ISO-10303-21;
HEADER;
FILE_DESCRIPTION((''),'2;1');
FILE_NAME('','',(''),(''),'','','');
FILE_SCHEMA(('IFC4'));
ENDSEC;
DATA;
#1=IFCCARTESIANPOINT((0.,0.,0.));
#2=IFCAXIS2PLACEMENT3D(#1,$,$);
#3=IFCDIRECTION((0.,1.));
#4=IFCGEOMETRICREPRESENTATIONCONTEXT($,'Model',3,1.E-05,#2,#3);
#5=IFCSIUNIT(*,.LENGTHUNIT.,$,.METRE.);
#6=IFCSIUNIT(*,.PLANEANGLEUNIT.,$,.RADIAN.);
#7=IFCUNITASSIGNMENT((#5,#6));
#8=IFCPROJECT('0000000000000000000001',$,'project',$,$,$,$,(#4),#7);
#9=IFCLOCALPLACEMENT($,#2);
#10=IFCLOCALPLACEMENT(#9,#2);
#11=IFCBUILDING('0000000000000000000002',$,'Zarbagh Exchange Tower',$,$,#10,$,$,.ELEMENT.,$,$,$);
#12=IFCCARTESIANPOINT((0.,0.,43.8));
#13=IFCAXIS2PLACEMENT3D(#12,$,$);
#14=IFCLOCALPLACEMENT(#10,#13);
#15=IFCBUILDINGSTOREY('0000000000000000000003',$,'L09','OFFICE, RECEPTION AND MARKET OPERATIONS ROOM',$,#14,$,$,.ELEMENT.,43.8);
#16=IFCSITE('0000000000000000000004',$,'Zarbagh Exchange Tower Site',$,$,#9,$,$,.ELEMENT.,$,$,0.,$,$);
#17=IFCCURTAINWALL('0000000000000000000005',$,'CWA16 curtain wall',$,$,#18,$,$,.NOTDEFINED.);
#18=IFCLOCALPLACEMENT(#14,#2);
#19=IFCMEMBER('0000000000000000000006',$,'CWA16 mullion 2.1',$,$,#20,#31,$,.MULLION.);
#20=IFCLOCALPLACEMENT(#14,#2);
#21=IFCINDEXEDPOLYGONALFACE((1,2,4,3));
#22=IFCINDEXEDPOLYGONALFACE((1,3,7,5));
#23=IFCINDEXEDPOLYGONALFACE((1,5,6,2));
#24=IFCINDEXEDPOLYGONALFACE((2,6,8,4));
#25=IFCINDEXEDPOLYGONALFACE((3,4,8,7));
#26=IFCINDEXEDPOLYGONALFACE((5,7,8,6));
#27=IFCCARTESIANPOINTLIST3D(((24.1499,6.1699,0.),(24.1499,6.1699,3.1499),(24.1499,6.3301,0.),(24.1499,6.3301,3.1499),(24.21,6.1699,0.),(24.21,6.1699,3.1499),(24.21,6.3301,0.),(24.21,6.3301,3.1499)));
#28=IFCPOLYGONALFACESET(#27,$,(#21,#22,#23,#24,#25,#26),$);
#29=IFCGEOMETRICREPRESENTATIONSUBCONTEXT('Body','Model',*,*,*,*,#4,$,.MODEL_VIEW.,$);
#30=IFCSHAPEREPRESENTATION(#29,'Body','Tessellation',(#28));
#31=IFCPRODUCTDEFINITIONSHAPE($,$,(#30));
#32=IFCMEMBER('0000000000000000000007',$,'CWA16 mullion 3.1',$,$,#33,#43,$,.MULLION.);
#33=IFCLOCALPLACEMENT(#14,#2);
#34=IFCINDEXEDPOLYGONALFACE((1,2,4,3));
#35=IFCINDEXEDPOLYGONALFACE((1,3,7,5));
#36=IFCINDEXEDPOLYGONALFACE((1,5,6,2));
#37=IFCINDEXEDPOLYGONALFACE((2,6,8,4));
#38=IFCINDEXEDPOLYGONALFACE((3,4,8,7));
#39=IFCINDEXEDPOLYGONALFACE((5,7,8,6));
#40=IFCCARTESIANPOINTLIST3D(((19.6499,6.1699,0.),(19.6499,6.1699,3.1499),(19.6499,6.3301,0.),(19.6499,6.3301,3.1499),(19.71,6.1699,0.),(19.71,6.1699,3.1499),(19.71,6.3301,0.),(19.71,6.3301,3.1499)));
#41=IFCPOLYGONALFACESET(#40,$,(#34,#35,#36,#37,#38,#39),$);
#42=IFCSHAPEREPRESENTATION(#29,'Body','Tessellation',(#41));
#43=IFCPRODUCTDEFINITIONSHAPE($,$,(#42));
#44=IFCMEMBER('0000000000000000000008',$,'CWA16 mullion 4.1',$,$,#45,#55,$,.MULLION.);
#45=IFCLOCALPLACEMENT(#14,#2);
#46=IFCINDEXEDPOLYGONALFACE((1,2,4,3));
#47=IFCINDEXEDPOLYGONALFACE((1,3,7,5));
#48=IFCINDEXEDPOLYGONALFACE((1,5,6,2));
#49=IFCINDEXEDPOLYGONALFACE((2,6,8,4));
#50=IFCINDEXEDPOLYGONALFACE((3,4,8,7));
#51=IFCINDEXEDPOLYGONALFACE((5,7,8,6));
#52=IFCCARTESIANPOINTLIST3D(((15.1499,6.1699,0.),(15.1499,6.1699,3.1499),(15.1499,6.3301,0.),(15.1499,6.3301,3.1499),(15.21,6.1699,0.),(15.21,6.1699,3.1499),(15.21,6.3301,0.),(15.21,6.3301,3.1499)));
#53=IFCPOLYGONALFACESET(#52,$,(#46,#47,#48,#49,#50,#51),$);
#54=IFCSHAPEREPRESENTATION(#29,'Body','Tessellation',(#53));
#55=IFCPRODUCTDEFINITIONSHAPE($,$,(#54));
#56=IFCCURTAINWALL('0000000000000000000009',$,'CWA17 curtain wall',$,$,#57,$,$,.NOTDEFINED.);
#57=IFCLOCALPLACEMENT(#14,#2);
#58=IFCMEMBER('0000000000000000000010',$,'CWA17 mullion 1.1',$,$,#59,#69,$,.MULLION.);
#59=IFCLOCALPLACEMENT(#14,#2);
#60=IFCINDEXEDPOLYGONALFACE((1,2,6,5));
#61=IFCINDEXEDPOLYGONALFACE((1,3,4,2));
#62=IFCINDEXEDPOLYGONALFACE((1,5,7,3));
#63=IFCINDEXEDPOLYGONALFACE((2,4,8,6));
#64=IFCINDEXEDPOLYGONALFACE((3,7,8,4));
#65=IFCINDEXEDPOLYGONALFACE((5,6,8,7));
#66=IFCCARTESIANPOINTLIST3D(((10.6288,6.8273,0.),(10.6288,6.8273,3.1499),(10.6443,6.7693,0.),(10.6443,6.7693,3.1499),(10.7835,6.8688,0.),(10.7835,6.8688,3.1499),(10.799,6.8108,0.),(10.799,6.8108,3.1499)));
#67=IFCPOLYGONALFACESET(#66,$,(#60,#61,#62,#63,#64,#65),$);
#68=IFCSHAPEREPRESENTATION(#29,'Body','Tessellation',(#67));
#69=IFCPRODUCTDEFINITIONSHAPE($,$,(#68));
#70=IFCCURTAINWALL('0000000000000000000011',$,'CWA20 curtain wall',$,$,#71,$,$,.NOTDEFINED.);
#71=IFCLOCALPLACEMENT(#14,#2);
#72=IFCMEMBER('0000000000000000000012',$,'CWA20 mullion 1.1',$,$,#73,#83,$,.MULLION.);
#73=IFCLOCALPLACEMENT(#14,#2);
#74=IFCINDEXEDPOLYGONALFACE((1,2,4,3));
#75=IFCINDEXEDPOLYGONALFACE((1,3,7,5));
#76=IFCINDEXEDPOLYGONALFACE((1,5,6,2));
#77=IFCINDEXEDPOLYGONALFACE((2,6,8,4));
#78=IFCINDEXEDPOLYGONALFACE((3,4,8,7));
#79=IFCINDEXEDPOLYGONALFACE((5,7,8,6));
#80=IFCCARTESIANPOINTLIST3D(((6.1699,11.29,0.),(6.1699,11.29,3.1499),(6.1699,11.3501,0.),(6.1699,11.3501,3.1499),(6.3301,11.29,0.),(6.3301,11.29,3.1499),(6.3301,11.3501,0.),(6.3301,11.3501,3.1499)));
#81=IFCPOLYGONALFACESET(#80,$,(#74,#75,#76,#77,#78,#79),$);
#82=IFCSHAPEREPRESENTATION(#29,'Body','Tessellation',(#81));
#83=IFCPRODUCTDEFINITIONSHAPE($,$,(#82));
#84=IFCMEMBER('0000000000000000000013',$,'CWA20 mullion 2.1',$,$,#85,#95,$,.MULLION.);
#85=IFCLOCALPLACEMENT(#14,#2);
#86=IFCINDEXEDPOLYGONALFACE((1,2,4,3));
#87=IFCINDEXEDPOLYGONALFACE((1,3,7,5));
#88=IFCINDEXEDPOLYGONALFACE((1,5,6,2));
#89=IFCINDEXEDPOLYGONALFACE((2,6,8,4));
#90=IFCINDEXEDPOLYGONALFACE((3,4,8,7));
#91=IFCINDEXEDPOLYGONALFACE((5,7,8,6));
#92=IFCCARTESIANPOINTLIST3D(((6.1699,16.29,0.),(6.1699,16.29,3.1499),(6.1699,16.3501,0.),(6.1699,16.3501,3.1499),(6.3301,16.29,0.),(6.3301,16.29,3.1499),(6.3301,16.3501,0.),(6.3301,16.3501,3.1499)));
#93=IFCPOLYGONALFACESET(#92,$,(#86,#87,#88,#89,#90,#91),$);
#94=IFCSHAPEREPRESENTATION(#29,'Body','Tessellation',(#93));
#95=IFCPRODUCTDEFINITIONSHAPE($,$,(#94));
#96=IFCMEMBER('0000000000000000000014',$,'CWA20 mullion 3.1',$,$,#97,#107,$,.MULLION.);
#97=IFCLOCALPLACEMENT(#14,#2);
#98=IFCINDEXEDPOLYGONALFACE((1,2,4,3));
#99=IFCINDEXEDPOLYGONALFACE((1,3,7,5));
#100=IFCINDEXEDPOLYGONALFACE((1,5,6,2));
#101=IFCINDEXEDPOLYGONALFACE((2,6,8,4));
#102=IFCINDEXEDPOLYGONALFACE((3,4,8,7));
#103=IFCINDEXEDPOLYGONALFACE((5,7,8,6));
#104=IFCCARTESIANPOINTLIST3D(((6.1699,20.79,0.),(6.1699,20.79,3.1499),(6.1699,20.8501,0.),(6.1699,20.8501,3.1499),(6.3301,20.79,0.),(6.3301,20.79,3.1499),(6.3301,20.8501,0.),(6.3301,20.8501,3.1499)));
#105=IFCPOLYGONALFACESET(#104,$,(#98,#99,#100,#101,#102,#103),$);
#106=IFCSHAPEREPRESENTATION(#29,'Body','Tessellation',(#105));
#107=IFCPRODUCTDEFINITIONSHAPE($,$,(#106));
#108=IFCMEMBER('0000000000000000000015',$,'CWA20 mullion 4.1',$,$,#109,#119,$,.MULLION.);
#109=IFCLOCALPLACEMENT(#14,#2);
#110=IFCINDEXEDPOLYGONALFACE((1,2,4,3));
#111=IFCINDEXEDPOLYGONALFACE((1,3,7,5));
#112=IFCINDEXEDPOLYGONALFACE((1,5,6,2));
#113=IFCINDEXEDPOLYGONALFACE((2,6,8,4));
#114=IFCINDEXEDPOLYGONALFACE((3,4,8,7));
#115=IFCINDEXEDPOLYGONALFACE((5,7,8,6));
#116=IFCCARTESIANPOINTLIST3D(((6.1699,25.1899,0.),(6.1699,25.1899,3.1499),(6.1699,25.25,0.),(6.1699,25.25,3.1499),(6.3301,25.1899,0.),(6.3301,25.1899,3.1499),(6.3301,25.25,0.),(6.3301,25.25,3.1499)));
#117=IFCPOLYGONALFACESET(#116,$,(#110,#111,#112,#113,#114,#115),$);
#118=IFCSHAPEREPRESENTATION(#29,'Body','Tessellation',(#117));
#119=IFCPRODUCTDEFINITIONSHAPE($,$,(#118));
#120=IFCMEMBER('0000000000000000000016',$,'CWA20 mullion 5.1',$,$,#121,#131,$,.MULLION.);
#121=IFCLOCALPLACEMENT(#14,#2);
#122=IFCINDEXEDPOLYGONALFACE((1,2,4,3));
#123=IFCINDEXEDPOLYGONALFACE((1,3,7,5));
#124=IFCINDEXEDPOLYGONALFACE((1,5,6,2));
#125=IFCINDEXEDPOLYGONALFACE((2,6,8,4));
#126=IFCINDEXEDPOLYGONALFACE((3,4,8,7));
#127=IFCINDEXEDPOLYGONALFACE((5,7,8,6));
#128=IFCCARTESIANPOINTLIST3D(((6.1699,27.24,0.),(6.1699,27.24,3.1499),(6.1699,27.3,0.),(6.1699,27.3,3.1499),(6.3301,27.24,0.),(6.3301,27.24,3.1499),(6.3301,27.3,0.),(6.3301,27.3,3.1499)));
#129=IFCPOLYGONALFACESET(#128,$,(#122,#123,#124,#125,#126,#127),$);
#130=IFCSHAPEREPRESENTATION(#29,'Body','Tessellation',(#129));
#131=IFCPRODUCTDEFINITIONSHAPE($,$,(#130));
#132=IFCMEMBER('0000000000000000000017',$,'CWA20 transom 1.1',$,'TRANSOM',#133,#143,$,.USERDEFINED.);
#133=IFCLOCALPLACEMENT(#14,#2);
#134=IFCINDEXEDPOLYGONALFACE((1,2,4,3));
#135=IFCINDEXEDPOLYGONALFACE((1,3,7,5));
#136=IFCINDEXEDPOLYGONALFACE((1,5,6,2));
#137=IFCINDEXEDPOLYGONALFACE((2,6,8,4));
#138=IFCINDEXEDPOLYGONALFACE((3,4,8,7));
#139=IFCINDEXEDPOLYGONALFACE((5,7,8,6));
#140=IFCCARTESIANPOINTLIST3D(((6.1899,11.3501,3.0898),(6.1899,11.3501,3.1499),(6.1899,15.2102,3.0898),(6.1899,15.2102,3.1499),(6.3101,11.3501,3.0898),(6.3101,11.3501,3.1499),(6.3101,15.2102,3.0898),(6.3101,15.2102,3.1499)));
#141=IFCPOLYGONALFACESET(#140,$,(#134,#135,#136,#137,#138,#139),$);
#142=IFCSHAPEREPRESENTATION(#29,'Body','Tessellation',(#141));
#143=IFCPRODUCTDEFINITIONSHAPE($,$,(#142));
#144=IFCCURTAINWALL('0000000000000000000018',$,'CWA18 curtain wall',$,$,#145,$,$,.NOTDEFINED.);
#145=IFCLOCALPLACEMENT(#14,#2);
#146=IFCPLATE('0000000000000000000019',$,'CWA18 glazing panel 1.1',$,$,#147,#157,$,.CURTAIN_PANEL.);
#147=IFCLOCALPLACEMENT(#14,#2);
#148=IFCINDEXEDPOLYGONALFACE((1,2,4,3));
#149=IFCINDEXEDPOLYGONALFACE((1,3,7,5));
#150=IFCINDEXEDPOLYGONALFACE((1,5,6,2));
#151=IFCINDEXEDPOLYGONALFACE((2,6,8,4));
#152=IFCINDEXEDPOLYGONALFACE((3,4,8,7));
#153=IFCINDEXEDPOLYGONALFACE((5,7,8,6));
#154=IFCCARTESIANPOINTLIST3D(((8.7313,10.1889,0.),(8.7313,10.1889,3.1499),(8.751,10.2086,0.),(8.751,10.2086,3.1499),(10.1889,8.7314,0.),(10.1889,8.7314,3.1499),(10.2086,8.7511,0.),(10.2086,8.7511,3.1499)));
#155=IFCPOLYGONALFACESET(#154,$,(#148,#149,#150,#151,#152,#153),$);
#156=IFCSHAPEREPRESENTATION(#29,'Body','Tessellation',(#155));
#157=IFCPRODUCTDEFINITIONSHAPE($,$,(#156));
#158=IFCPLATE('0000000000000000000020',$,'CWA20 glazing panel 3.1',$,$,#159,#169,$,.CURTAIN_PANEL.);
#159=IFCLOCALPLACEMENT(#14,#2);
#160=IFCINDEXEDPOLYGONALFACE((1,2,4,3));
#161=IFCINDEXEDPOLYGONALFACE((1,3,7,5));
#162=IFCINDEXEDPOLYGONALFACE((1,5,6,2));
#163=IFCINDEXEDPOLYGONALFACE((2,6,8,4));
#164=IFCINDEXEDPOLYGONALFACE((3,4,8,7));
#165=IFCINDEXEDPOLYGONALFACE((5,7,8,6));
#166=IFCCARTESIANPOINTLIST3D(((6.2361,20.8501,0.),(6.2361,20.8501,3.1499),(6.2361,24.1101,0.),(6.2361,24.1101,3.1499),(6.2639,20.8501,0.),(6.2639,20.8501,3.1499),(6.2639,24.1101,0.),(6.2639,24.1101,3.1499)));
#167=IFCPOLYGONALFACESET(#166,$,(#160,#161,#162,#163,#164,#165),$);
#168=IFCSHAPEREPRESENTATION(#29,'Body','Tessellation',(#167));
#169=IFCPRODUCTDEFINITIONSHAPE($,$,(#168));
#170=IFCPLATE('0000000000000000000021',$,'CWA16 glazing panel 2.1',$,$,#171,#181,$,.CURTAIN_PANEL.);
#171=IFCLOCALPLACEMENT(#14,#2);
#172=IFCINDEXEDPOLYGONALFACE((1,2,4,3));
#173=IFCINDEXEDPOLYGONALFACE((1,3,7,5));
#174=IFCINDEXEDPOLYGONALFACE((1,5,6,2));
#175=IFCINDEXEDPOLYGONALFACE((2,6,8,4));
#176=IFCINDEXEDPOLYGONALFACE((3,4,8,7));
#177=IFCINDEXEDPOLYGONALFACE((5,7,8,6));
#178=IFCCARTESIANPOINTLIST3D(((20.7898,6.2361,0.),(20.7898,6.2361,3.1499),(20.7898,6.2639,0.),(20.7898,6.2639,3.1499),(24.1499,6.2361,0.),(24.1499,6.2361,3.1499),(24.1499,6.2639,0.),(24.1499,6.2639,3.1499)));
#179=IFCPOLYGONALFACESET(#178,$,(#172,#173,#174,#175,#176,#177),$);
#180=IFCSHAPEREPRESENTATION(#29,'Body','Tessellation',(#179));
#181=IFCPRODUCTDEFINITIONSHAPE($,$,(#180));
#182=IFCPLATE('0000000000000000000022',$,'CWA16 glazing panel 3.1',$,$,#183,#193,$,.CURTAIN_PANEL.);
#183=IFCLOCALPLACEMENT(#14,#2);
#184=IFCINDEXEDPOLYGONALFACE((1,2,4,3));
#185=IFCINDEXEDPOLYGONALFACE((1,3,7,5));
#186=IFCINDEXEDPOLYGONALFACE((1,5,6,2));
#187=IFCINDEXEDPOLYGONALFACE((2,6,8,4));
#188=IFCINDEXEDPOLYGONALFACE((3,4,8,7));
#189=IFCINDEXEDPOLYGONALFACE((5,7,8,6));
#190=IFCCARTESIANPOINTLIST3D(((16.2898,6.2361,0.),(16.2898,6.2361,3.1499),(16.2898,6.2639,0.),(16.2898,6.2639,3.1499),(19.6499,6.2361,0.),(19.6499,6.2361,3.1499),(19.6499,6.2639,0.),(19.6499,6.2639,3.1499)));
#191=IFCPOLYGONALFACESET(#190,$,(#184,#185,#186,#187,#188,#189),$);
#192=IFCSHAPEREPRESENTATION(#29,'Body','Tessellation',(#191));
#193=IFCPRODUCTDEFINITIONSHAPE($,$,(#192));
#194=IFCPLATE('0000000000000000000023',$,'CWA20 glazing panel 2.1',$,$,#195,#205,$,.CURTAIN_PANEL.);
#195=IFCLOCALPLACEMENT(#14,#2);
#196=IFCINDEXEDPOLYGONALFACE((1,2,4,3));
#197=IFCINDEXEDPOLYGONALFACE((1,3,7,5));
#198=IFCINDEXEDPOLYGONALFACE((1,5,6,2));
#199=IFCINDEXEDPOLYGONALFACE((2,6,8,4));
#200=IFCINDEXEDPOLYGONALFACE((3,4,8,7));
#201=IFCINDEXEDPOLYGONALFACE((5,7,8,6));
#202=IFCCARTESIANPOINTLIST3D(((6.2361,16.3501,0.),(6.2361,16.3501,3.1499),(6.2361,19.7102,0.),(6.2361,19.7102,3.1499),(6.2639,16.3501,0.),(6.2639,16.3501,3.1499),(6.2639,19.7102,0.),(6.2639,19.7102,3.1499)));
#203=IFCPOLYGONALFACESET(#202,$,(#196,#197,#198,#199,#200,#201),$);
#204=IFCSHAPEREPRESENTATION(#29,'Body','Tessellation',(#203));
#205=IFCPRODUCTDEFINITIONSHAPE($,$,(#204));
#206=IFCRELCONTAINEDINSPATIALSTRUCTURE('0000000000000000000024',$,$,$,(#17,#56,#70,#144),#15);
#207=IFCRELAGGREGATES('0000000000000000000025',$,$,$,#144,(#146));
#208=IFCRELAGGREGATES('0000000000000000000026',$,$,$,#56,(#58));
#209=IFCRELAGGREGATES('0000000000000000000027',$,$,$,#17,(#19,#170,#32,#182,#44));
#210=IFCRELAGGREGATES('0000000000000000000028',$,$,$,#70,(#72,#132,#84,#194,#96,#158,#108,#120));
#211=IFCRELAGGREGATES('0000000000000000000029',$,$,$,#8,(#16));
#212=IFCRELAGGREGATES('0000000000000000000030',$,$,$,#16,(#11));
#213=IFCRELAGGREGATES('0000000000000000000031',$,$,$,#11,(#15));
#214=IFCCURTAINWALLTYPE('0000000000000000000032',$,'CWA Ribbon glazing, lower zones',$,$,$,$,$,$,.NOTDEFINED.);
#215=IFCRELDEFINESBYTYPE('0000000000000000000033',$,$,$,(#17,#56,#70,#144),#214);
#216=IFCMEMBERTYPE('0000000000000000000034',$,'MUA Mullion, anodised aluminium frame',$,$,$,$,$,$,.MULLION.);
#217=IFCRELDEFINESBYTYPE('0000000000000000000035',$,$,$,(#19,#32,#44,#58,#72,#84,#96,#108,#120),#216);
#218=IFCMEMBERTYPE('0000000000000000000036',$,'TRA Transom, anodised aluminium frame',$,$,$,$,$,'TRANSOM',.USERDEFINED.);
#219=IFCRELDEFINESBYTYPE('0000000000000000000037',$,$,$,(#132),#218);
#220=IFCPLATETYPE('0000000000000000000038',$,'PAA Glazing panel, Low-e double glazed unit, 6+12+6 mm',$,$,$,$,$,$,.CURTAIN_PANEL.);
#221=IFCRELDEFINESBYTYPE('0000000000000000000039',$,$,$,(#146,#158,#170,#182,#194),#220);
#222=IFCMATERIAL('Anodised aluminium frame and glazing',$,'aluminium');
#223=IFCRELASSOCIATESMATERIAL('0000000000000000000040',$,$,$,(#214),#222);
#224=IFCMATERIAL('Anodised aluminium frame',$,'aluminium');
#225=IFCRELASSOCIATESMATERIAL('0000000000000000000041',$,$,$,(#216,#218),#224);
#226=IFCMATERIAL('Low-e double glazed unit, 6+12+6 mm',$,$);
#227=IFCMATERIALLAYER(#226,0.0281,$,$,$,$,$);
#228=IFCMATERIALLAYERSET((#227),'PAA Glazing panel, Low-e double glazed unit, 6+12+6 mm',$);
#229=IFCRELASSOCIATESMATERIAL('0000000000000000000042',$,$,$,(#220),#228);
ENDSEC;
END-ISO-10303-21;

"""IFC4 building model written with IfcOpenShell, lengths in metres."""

from ifc_helpers import new_model, si_unit, direction, frame, origin, place, context, subcontext, project, spatial, polyline, outline, extrude, source, transform, mapped, material, layer, layer_set, type_object, element, aggregate, save


model = new_model("IFC4")

# Units and contexts
model_context = context("Model", 3, precision=1e-05, world=origin(), true_north=direction((0.0, 1.0)))
body_context = subcontext(model_context, "Body", "Model", "MODEL_VIEW")
ifc_project = project(units=[si_unit("LENGTHUNIT", "METRE"), si_unit("PLANEANGLEUNIT", "RADIAN")], contexts=[model_context])

# Site, building, storey
site_placement = place(None, origin())
site = spatial("IfcSite", under=ifc_project, at=site_placement, Name="Zarbagh Exchange Tower Site", CompositionType="ELEMENT", RefElevation=0.0)
building_placement = place(site_placement, origin())
building = spatial("IfcBuilding", under=site, at=building_placement, Name="Zarbagh Exchange Tower", CompositionType="ELEMENT")
storey_placement = place(building_placement, frame((0.0, 0.0, 43.8)))
storey = spatial("IfcBuildingStorey", under=building, at=storey_placement, Name="L09", Description="OFFICE, RECEPTION AND MARKET OPERATIONS ROOM", CompositionType="ELEMENT", Elevation=43.8)

# Curtain wall, members
ifc_material_1 = material(Name="Anodised aluminium frame and glazing", Category="aluminium")
curtain_wall_type = type_object("IfcCurtainWallType", Name="CWA Ribbon glazing, lower zones", PredefinedType="NOTDEFINED", material=ifc_material_1)
curtain_wall_1_placement = place(storey_placement, origin())
curtain_wall_1 = element("IfcCurtainWall", 1, at=curtain_wall_1_placement, inside=storey, type_object=curtain_wall_type, Name="CWA16 curtain wall", PredefinedType="NOTDEFINED")
ifc_material_2 = material(Name="Anodised aluminium frame", Category="aluminium")
member_type_1 = type_object("IfcMemberType", Name="MUA Mullion, anodised aluminium frame", PredefinedType="MULLION", material=ifc_material_2)
shared_shape_1 = source(origin(), body_context, "Body", "SweptSolid", [
    extrude(outline(polyline([(0.0, -0.0801), (0.0601, -0.0801), (0.0601, 0.0801), (0.0, 0.0801), (0.0, -0.0801)])), origin(), (0.0, 0.0, 1.0), 3.1499),
])
placement = place(storey_placement, origin())
member_1 = element("IfcMember", 2, at=placement, type_object=member_type_1, Name="CWA16 mullion 2.1", PredefinedType="MULLION", context=body_context, shape_type="MappedRepresentation", body=[
    mapped(shared_shape_1, transform((24.21, 6.25, 0.0), x_axis=(-1.0, 0.0, 0.0), y_axis=(0.0, -1.0, 0.0), z_axis=(0.0, 0.0, 1.0))),
])
member_2 = element("IfcMember", 3, at=placement, type_object=member_type_1, Name="CWA16 mullion 3.1", PredefinedType="MULLION", context=body_context, shape_type="MappedRepresentation", body=[
    mapped(shared_shape_1, transform((19.71, 6.25, 0.0), x_axis=(-1.0, 0.0, 0.0), y_axis=(0.0, -1.0, 0.0), z_axis=(0.0, 0.0, 1.0))),
])
member_3 = element("IfcMember", 4, at=placement, type_object=member_type_1, Name="CWA16 mullion 4.1", PredefinedType="MULLION", context=body_context, shape_type="MappedRepresentation", body=[
    mapped(shared_shape_1, transform((15.21, 6.25, 0.0), x_axis=(-1.0, 0.0, 0.0), y_axis=(0.0, -1.0, 0.0), z_axis=(0.0, 0.0, 1.0))),
])

# Curtain wall, member
curtain_wall_2_placement = place(storey_placement, origin())
curtain_wall_2 = element("IfcCurtainWall", 5, at=curtain_wall_2_placement, inside=storey, type_object=curtain_wall_type, Name="CWA17 curtain wall", PredefinedType="NOTDEFINED")
member_4 = element("IfcMember", 6, at=placement, type_object=member_type_1, Name="CWA17 mullion 1.1", PredefinedType="MULLION", context=body_context, shape_type="MappedRepresentation", body=[
    mapped(shared_shape_1, transform((10.7217, 6.79, 0.0), x_axis=(-0.258825, 0.965924, 0.0), y_axis=(-0.965924, -0.258825, 0.0), z_axis=(0.0, 0.0, 1.0))),
])

# Curtain wall, members
curtain_wall_3_placement = place(storey_placement, origin())
curtain_wall_3 = element("IfcCurtainWall", 7, at=curtain_wall_3_placement, inside=storey, type_object=curtain_wall_type, Name="CWA20 curtain wall", PredefinedType="NOTDEFINED")
member_5 = element("IfcMember", 8, at=placement, type_object=member_type_1, Name="CWA20 mullion 1.1", PredefinedType="MULLION", context=body_context, shape_type="MappedRepresentation", body=[
    mapped(shared_shape_1, transform((6.25, 11.29, 0.0), x_axis=(0.0, 1.0, 0.0), y_axis=(-1.0, 0.0, 0.0), z_axis=(0.0, 0.0, 1.0))),
])
member_6 = element("IfcMember", 9, at=placement, type_object=member_type_1, Name="CWA20 mullion 2.1", PredefinedType="MULLION", context=body_context, shape_type="MappedRepresentation", body=[
    mapped(shared_shape_1, transform((6.25, 16.29, 0.0), x_axis=(0.0, 1.0, 0.0), y_axis=(-1.0, 0.0, 0.0), z_axis=(0.0, 0.0, 1.0))),
])
member_7 = element("IfcMember", 10, at=placement, type_object=member_type_1, Name="CWA20 mullion 3.1", PredefinedType="MULLION", context=body_context, shape_type="MappedRepresentation", body=[
    mapped(shared_shape_1, transform((6.25, 20.79, 0.0), x_axis=(0.0, 1.0, 0.0), y_axis=(-1.0, 0.0, 0.0), z_axis=(0.0, 0.0, 1.0))),
])
member_8 = element("IfcMember", 11, at=placement, type_object=member_type_1, Name="CWA20 mullion 4.1", PredefinedType="MULLION", context=body_context, shape_type="MappedRepresentation", body=[
    mapped(shared_shape_1, transform((6.25, 25.1899, 0.0), x_axis=(0.0, 1.0, 0.0), y_axis=(-1.0, 0.0, 0.0), z_axis=(0.0, 0.0, 1.0))),
])
member_9 = element("IfcMember", 12, at=placement, type_object=member_type_1, Name="CWA20 mullion 5.1", PredefinedType="MULLION", context=body_context, shape_type="MappedRepresentation", body=[
    mapped(shared_shape_1, transform((6.25, 27.24, 0.0), x_axis=(0.0, 1.0, 0.0), y_axis=(-1.0, 0.0, 0.0), z_axis=(0.0, 0.0, 1.0))),
])
member_type_2 = type_object("IfcMemberType", Name="TRA Transom, anodised aluminium frame", ElementType="TRANSOM", PredefinedType="USERDEFINED", material=ifc_material_2)
shared_shape_2 = source(origin(), body_context, "Body", "SweptSolid", [
    extrude(outline(polyline([(-0.0601, -0.0601), (0.0, -0.0601), (0.0, 0.0601), (-0.0601, 0.0601), (-0.0601, -0.0601)])), origin(), (0.0, 0.0, 1.0), 3.8601),
])
member_10 = element("IfcMember", 13, at=placement, type_object=member_type_2, Name="CWA20 transom 1.1", ObjectType="TRANSOM", PredefinedType="USERDEFINED", context=body_context, shape_type="MappedRepresentation", body=[
    mapped(shared_shape_2, transform((6.25, 11.3501, 3.1499), x_axis=(0.0, 0.0, 1.0), y_axis=(1.0, 0.0, 0.0), z_axis=(0.0, 1.0, 0.0))),
])

# Curtain wall, plate
curtain_wall_4_placement = place(storey_placement, origin())
curtain_wall_4 = element("IfcCurtainWall", 14, at=curtain_wall_4_placement, inside=storey, type_object=curtain_wall_type, Name="CWA18 curtain wall", PredefinedType="NOTDEFINED")
ifc_material_3 = material(Name="Low-e double glazed unit, 6+12+6 mm")
ifc_layer_1 = layer(ifc_material_3, 0.0281)
ifc_layer_set_1 = layer_set([ifc_layer_1], Name="PAA Glazing panel, Low-e double glazed unit, 6+12+6 mm")
plate_type = type_object("IfcPlateType", Name="PAA Glazing panel, Low-e double glazed unit, 6+12+6 mm", PredefinedType="CURTAIN_PANEL", material=ifc_layer_set_1)
shared_shape_3 = source(origin(), body_context, "Body", "SweptSolid", [
    extrude(outline(polyline([(0.0, -0.0139), (2.0613, -0.0139), (2.0613, 0.0139), (0.0, 0.0139), (0.0, -0.0139)])), origin(), (0.0, 0.0, 1.0), 3.1499),
])
plate_1 = element("IfcPlate", 15, at=placement, type_object=plate_type, Name="CWA18 glazing panel 1.1", PredefinedType="CURTAIN_PANEL", context=body_context, shape_type="MappedRepresentation", body=[
    mapped(shared_shape_3, transform((10.1987, 8.7412, 0.0), x_axis=(-0.707107, 0.707107, 0.0), y_axis=(-0.707107, -0.707107, 0.0), z_axis=(0.0, 0.0, 1.0))),
])
aggregate(curtain_wall_4, [plate_1])

# Plates
shared_shape_4 = source(origin(), body_context, "Body", "SweptSolid", [
    extrude(outline(polyline([(0.0, -0.0139), (3.26, -0.0139), (3.26, 0.0139), (0.0, 0.0139), (0.0, -0.0139)])), origin(), (0.0, 0.0, 1.0), 3.1499),
])
plate_2 = element("IfcPlate", 16, at=placement, type_object=plate_type, Name="CWA20 glazing panel 3.1", PredefinedType="CURTAIN_PANEL", context=body_context, shape_type="MappedRepresentation", body=[
    mapped(shared_shape_4, transform((6.25, 20.8501, 0.0), x_axis=(0.0, 1.0, 0.0), y_axis=(-1.0, 0.0, 0.0), z_axis=(0.0, 0.0, 1.0))),
])
shared_shape_5 = source(origin(), body_context, "Body", "SweptSolid", [
    extrude(outline(polyline([(0.0, -0.0139), (3.3601, -0.0139), (3.3601, 0.0139), (0.0, 0.0139), (0.0, -0.0139)])), origin(), (0.0, 0.0, 1.0), 3.1499),
])
plate_3 = element("IfcPlate", 17, at=placement, type_object=plate_type, Name="CWA16 glazing panel 2.1", PredefinedType="CURTAIN_PANEL", context=body_context, shape_type="MappedRepresentation", body=[
    mapped(shared_shape_5, transform((24.1499, 6.25, 0.0), x_axis=(-1.0, 0.0, 0.0), y_axis=(0.0, -1.0, 0.0), z_axis=(0.0, 0.0, 1.0))),
])
plate_4 = element("IfcPlate", 18, at=placement, type_object=plate_type, Name="CWA16 glazing panel 3.1", PredefinedType="CURTAIN_PANEL", context=body_context, shape_type="MappedRepresentation", body=[
    mapped(shared_shape_5, transform((19.6499, 6.25, 0.0), x_axis=(-1.0, 0.0, 0.0), y_axis=(0.0, -1.0, 0.0), z_axis=(0.0, 0.0, 1.0))),
])
plate_5 = element("IfcPlate", 19, at=placement, type_object=plate_type, Name="CWA20 glazing panel 2.1", PredefinedType="CURTAIN_PANEL", context=body_context, shape_type="MappedRepresentation", body=[
    mapped(shared_shape_5, transform((6.25, 16.3501, 0.0), x_axis=(0.0, 1.0, 0.0), y_axis=(-1.0, 0.0, 0.0), z_axis=(0.0, 0.0, 1.0))),
])
aggregate(curtain_wall_2, [member_4])

aggregate(curtain_wall_1, [member_1, plate_3, member_2, plate_4, member_3])
aggregate(curtain_wall_3, [member_5, member_10, member_6, plate_5, member_7, plate_2, member_8, member_9])

save(model, "model.ifc")
